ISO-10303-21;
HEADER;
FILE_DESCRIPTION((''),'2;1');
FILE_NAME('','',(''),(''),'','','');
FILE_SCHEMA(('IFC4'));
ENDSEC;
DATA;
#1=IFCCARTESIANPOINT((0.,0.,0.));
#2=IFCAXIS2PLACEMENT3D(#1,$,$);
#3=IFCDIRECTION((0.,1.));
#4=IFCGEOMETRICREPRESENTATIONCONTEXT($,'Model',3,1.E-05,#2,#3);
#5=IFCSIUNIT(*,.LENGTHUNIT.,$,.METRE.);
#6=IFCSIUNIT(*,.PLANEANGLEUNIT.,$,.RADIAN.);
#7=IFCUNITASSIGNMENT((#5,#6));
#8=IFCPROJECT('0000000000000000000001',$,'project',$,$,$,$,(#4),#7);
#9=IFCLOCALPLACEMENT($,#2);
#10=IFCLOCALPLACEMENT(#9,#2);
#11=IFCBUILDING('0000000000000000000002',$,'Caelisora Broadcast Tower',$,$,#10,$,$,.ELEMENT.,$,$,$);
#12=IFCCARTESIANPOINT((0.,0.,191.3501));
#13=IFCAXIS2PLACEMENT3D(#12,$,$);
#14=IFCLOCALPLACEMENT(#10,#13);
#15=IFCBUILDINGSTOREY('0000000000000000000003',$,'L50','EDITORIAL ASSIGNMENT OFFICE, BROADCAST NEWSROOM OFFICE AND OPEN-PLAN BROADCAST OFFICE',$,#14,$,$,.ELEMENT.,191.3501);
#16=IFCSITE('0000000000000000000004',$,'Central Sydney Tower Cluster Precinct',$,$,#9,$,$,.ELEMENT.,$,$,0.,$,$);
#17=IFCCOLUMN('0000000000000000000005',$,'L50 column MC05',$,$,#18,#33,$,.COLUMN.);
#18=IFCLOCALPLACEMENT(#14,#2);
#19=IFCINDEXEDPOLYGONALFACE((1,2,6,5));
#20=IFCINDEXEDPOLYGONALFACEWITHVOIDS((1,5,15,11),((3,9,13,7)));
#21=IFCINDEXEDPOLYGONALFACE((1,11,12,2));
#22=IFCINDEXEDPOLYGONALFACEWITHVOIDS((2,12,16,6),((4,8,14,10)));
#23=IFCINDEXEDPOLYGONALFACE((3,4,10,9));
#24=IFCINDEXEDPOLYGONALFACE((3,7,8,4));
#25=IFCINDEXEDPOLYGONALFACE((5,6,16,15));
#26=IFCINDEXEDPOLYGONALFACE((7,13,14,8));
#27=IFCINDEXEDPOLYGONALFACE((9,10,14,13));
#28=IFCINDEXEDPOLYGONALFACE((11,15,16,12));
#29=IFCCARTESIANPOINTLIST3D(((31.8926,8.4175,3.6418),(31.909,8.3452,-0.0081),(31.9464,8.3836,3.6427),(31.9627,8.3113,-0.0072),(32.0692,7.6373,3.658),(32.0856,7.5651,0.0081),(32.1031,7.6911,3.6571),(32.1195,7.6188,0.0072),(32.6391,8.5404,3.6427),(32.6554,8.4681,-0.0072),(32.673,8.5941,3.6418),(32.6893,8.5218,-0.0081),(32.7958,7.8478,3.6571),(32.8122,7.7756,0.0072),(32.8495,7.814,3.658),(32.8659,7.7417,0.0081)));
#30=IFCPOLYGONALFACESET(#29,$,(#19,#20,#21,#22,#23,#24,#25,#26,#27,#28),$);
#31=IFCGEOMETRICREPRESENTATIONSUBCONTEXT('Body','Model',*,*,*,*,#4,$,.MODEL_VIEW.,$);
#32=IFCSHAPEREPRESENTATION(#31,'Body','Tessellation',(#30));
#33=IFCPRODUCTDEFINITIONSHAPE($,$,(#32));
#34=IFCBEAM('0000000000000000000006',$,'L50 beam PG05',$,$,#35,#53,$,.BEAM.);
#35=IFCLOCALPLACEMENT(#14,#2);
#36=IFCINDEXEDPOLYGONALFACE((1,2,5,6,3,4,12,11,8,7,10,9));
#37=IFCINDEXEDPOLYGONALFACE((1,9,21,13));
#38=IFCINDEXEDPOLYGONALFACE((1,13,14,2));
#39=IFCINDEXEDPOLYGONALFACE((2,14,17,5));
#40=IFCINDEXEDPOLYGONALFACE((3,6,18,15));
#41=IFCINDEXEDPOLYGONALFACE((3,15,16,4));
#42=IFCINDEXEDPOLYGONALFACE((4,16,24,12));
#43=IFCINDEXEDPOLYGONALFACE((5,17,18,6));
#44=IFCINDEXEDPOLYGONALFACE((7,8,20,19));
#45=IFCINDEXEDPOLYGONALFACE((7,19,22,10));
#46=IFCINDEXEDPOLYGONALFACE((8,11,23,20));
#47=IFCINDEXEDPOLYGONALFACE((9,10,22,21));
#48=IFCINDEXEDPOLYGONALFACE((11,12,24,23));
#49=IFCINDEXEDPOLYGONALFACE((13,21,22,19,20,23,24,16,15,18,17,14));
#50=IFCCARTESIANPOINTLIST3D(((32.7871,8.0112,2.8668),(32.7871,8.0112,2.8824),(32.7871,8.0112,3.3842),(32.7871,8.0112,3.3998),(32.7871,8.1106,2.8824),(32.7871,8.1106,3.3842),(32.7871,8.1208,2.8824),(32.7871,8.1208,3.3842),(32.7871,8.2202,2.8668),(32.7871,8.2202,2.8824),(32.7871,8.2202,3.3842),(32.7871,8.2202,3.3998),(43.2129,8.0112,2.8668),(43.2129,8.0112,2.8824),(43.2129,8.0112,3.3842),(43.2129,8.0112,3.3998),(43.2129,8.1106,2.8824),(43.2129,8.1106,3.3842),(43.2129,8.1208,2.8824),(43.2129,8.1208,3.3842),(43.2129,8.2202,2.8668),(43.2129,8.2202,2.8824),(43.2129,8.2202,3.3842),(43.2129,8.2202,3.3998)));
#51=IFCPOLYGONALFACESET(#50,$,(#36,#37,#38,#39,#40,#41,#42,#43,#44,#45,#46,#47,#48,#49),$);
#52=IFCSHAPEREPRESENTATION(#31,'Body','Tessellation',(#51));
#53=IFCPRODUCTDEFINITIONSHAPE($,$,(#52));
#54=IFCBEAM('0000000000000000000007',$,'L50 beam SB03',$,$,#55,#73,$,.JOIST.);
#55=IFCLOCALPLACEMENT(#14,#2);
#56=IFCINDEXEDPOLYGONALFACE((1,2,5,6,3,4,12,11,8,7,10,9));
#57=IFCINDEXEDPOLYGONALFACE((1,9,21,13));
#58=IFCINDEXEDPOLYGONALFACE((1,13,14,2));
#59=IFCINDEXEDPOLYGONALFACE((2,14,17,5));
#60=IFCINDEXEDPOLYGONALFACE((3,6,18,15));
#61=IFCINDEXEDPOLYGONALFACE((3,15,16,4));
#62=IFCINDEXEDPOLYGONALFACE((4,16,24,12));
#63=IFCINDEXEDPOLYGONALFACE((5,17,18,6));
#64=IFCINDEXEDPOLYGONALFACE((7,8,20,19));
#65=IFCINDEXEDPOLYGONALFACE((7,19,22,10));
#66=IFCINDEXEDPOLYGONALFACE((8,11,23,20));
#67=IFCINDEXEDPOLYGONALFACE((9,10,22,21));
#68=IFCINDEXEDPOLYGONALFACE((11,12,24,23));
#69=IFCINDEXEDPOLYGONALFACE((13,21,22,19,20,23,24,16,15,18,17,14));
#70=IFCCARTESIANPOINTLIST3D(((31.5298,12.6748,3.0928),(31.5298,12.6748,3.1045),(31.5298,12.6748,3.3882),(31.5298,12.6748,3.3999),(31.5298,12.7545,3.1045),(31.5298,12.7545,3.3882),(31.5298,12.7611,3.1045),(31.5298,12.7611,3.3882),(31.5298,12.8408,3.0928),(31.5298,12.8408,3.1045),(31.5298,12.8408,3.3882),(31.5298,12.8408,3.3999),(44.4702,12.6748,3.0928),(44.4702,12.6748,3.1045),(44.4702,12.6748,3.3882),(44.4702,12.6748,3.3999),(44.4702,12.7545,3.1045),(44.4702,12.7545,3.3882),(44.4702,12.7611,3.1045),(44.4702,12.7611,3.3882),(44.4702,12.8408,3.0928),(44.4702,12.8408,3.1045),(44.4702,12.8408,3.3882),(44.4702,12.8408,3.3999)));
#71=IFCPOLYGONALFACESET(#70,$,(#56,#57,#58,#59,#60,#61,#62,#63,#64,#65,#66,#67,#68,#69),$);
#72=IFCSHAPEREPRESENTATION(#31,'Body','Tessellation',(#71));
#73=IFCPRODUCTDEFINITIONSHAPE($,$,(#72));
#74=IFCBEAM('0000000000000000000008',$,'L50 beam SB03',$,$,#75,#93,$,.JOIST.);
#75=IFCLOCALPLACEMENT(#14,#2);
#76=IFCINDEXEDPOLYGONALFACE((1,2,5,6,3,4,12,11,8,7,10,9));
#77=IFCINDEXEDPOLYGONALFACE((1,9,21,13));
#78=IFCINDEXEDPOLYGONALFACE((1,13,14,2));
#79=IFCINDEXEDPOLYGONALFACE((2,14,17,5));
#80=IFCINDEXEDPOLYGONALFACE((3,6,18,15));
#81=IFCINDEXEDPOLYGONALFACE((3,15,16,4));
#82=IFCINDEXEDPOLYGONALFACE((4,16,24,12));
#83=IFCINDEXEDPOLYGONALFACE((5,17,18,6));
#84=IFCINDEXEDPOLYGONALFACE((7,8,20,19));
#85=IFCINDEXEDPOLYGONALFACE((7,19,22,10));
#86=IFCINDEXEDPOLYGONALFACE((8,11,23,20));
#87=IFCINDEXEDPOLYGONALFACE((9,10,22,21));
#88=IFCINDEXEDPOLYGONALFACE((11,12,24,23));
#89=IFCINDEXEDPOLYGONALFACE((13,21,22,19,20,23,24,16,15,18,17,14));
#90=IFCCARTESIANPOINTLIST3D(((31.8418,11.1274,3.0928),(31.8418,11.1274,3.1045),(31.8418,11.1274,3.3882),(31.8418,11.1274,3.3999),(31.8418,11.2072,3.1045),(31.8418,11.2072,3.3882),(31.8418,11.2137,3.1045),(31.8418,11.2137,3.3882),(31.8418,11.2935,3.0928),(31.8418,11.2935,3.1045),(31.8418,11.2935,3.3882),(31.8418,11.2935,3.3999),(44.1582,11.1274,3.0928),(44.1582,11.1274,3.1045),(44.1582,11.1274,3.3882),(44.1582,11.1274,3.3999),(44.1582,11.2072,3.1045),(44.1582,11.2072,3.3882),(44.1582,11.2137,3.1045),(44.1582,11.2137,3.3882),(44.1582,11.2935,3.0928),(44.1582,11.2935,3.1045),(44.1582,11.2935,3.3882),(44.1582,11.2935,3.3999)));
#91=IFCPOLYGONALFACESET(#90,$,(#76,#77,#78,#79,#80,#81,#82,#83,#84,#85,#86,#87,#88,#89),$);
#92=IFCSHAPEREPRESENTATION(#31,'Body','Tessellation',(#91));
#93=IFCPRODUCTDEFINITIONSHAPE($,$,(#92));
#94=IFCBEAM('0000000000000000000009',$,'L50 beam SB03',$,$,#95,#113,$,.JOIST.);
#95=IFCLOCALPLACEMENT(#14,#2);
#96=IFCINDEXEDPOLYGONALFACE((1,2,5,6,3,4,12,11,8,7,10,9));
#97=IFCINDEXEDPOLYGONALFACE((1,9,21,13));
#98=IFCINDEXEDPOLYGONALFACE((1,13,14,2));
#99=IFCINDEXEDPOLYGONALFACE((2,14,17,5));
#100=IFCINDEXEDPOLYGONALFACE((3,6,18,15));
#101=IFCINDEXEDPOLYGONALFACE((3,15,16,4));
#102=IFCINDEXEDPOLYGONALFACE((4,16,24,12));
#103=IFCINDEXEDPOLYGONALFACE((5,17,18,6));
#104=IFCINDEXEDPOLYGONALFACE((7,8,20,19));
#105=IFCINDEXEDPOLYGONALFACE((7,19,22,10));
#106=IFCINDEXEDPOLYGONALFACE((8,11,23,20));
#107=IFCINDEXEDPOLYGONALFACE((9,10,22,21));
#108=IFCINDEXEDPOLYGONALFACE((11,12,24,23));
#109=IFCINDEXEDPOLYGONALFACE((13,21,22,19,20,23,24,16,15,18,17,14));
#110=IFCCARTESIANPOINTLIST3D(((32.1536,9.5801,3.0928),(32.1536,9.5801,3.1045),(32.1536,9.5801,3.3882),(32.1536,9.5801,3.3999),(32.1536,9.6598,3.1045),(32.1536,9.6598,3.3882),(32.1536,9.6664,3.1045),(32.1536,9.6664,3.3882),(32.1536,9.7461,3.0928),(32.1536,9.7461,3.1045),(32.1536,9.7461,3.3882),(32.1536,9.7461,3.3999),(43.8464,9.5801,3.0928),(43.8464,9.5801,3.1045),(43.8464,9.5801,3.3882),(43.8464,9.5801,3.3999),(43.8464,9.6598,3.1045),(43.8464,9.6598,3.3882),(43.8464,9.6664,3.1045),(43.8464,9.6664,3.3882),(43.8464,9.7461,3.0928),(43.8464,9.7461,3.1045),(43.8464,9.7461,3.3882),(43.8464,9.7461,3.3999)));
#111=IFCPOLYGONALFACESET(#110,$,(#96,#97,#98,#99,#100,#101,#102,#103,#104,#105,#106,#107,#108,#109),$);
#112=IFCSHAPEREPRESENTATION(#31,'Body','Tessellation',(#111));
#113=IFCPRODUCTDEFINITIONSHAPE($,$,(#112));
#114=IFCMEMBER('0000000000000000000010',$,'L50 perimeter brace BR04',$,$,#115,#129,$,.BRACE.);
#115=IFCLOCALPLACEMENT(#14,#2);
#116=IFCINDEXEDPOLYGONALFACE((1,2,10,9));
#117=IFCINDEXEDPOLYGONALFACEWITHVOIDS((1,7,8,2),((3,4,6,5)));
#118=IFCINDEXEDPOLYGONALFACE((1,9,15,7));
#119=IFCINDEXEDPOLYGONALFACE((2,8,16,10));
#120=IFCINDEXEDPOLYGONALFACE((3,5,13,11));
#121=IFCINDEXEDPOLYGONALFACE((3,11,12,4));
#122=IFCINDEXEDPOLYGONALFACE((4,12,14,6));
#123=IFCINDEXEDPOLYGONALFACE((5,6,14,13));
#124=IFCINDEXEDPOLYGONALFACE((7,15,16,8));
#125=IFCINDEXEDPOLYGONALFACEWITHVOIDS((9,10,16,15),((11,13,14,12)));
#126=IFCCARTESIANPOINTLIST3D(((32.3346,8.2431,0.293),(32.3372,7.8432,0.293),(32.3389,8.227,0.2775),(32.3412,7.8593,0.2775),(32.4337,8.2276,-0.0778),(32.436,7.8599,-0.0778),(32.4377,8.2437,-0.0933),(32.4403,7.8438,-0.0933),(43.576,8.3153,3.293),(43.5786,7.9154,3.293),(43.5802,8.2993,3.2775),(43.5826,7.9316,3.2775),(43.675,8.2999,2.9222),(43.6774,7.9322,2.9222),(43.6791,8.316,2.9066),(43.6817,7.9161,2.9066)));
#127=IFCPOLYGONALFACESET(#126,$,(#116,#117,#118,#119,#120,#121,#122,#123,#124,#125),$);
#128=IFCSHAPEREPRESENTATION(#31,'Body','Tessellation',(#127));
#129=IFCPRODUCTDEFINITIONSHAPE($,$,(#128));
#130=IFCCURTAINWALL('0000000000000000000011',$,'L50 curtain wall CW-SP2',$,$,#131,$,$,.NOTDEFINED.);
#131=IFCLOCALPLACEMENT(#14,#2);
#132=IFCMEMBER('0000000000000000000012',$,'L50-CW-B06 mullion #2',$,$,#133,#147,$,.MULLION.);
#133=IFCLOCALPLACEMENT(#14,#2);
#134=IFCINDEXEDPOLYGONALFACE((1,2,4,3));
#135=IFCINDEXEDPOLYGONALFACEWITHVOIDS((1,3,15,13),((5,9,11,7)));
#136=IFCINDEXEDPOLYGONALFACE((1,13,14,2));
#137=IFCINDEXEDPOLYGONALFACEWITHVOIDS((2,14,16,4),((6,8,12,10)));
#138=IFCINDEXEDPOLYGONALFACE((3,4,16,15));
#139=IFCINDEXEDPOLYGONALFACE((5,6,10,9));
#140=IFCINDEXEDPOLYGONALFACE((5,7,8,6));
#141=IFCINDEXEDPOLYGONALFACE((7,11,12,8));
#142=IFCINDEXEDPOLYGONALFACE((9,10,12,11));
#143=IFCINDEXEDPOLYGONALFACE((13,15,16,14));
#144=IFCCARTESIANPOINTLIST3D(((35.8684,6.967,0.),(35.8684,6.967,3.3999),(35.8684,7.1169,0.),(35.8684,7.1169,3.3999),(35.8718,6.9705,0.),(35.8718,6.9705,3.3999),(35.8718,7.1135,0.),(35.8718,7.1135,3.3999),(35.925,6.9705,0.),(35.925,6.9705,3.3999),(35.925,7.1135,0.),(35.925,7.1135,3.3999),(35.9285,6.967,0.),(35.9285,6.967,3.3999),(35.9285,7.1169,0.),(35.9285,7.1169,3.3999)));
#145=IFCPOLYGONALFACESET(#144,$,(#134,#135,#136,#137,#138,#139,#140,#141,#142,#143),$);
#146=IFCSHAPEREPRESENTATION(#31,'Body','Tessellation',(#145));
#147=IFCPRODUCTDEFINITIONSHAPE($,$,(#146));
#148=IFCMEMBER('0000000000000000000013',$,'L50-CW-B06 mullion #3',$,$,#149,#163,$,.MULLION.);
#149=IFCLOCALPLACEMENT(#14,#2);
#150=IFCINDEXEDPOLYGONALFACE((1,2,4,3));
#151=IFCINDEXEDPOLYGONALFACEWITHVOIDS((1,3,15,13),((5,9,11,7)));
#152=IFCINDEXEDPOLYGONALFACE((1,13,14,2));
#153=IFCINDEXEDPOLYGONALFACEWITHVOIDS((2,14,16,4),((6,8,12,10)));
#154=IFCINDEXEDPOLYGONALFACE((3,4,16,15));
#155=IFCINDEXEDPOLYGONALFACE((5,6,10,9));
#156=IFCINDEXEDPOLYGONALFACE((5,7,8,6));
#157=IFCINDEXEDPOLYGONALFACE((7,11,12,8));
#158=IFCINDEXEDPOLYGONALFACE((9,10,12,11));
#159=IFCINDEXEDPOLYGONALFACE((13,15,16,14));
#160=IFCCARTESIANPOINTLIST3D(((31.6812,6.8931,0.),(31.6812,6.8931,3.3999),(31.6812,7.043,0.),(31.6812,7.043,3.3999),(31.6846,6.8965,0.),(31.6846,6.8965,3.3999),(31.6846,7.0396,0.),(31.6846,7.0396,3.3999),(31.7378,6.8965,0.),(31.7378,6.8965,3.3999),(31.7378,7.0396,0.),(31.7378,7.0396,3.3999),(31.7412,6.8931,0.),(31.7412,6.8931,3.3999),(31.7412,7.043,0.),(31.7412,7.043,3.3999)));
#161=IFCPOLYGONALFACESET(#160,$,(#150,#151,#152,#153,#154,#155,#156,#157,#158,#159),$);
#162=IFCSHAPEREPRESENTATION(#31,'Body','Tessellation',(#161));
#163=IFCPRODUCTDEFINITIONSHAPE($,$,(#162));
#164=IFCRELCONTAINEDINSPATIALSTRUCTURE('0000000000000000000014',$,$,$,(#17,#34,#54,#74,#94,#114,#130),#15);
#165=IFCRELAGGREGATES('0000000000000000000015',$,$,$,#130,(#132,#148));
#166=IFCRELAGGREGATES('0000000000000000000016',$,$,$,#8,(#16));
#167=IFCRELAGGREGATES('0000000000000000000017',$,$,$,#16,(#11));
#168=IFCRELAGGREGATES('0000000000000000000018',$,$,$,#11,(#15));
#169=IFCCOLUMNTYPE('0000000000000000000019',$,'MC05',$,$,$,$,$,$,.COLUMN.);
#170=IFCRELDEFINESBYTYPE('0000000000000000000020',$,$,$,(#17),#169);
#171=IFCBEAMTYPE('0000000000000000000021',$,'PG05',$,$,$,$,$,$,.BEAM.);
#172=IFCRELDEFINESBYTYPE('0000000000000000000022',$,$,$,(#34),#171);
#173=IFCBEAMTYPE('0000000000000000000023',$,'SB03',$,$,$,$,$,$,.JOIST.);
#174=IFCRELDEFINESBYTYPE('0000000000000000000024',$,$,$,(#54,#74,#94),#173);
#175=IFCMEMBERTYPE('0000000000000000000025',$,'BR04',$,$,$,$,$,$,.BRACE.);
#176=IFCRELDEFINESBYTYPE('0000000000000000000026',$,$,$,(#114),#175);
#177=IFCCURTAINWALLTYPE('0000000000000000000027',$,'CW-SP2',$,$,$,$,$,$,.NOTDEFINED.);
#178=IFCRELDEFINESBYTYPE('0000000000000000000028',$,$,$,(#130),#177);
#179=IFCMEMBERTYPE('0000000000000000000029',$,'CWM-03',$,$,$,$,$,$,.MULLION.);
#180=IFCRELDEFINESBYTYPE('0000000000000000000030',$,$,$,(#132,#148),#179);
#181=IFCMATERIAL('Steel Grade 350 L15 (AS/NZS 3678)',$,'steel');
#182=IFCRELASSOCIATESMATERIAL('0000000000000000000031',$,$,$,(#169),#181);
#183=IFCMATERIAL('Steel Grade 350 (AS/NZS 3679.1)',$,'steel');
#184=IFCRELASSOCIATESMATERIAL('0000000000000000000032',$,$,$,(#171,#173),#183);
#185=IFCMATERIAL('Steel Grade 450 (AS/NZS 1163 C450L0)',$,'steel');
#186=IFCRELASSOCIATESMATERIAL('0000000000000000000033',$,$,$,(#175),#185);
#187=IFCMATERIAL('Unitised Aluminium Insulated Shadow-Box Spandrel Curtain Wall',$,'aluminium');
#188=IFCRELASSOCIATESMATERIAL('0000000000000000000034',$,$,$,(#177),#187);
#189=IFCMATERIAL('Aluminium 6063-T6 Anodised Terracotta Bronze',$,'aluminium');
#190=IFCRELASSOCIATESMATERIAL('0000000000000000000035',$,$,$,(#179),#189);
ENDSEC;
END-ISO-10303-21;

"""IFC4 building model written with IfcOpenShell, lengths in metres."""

from ifc_helpers import new_model, si_unit, direction, frame, origin, origin_2d, place, context, subcontext, project, spatial, hollow_rectangle, i_section, extrude, source, transform, mapped, material, material_profile, profile_set, type_object, type_shapes, element, aggregate, save


model = new_model("IFC4")

# Units and contexts
model_context = context("Model", 3, precision=1e-05, world=origin(), true_north=direction((0.0, 1.0)))
body_context = subcontext(model_context, "Body", "Model", "MODEL_VIEW")
ifc_project = project(units=[si_unit("LENGTHUNIT", "METRE"), si_unit("PLANEANGLEUNIT", "RADIAN")], contexts=[model_context])

# Site, building, storey
site_placement = place(None, origin())
site = spatial("IfcSite", under=ifc_project, at=site_placement, Name="Central Sydney Tower Cluster Precinct", CompositionType="ELEMENT", RefElevation=0.0)
building_placement = place(site_placement, origin())
building = spatial("IfcBuilding", under=site, at=building_placement, Name="Caelisora Broadcast Tower", CompositionType="ELEMENT")
storey_placement = place(building_placement, frame((0.0, 0.0, 191.3501)))
storey = spatial("IfcBuildingStorey", under=building, at=storey_placement, Name="L50", Description="EDITORIAL ASSIGNMENT OFFICE, BROADCAST NEWSROOM OFFICE AND OPEN-PLAN BROADCAST OFFICE", CompositionType="ELEMENT", Elevation=191.3501)

# Column
ifc_material_1 = material(Name="Steel Grade 350 L15 (AS/NZS 3678)", Category="steel")
ifc_material_profile_1 = material_profile(ifc_material_1, hollow_rectangle(XDim=0.8, YDim=0.8, WallThickness=0.0449, at=origin_2d()), Name="Steel Grade 350 L15 (AS/NZS 3678)")
ifc_profile_set_1 = profile_set([ifc_material_profile_1], Name="Steel Grade 350 L15 (AS/NZS 3678)")
column_type = type_object("IfcColumnType", Name="MC05", PredefinedType="COLUMN", material=ifc_profile_set_1)
shared_shape_1 = source(origin(), body_context, "Body", "SweptSolid", [
    extrude(hollow_rectangle(XDim=0.8, YDim=0.8, WallThickness=0.0449, at=origin_2d()), origin(), (0.0, 0.0, 1.0), 3.6506),
])
type_shapes(column_type, [shared_shape_1])
column_placement = place(storey_placement, frame((32.3875, 8.0435, 0.0), z_axis=(-0.004481, 0.019795, 0.999794), x_axis=(-0.975327, -0.220767, 0.0)))
element("IfcColumn", 1, at=column_placement, inside=storey, type_object=column_type, Name="L50 column MC05", PredefinedType="COLUMN", context=body_context, shape_type="MappedRepresentation", body=[
    mapped(shared_shape_1, transform((0.0, 0.0, 0.0), scale=1.0)),
])

# Beams
ifc_material_2 = material(Name="Steel Grade 350 (AS/NZS 3679.1)", Category="steel")
ifc_material_profile_2 = material_profile(ifc_material_2, i_section(OverallWidth=0.209, OverallDepth=0.533, WebThickness=0.0103, FlangeThickness=0.0156, at=origin_2d()), Name="Steel Grade 350 (AS/NZS 3679.1)")
ifc_profile_set_2 = profile_set([ifc_material_profile_2], Name="Steel Grade 350 (AS/NZS 3679.1)")
beam_type_1 = type_object("IfcBeamType", Name="PG05", PredefinedType="BEAM", material=ifc_profile_set_2)
shared_shape_2 = source(origin(), body_context, "Body", "SweptSolid", [
    extrude(i_section(OverallWidth=0.209, OverallDepth=0.533, WebThickness=0.0103, FlangeThickness=0.0156, at=origin_2d()), origin(), (0.0, 0.0, 1.0), 10.4258),
])
type_shapes(beam_type_1, [shared_shape_2])
beam_1_placement = place(storey_placement, frame((32.7871, 8.1157, 3.1333), z_axis=(1.0, 0.0, 0.0), x_axis=(0.0, 1.0, 0.0)))
element("IfcBeam", 2, at=beam_1_placement, inside=storey, type_object=beam_type_1, Name="L50 beam PG05", PredefinedType="BEAM", context=body_context, shape_type="MappedRepresentation", body=[
    mapped(shared_shape_2, transform((0.0, 0.0, 0.0), scale=1.0)),
])
ifc_material_profile_3 = material_profile(ifc_material_2, i_section(OverallWidth=0.166, OverallDepth=0.3071, WebThickness=0.0066, FlangeThickness=0.0117, at=origin_2d()), Name="Steel Grade 350 (AS/NZS 3679.1)")
ifc_profile_set_3 = profile_set([ifc_material_profile_3], Name="Steel Grade 350 (AS/NZS 3679.1)")
beam_type_2 = type_object("IfcBeamType", Name="SB03", PredefinedType="JOIST", material=ifc_profile_set_3)
shared_shape_3 = source(origin(), body_context, "Body", "SweptSolid", [
    extrude(i_section(OverallWidth=0.166, OverallDepth=0.3071, WebThickness=0.0066, FlangeThickness=0.0117, at=origin_2d()), origin(), (0.0, 0.0, 1.0), 12.9404),
])
beam_2_placement = place(storey_placement, frame((31.5298, 12.7578, 3.2463), z_axis=(1.0, 0.0, 0.0), x_axis=(0.0, 1.0, 0.0)))
element("IfcBeam", 3, at=beam_2_placement, inside=storey, type_object=beam_type_2, Name="L50 beam SB03", PredefinedType="JOIST", context=body_context, shape_type="MappedRepresentation", body=[
    mapped(shared_shape_3, transform((0.0, 0.0, 0.0), scale=1.0)),
])
shared_shape_4 = source(origin(), body_context, "Body", "SweptSolid", [
    extrude(i_section(OverallWidth=0.166, OverallDepth=0.3071, WebThickness=0.0066, FlangeThickness=0.0117, at=origin_2d()), origin(), (0.0, 0.0, 1.0), 12.3164),
])
beam_3_placement = place(storey_placement, frame((31.8418, 11.2104, 3.2463), z_axis=(1.0, 0.0, 0.0), x_axis=(0.0, 1.0, 0.0)))
element("IfcBeam", 4, at=beam_3_placement, inside=storey, type_object=beam_type_2, Name="L50 beam SB03", PredefinedType="JOIST", context=body_context, shape_type="MappedRepresentation", body=[
    mapped(shared_shape_4, transform((0.0, 0.0, 0.0), scale=1.0)),
])
shared_shape_5 = source(origin(), body_context, "Body", "SweptSolid", [
    extrude(i_section(OverallWidth=0.166, OverallDepth=0.3071, WebThickness=0.0066, FlangeThickness=0.0117, at=origin_2d()), origin(), (0.0, 0.0, 1.0), 11.6929),
])
type_shapes(beam_type_2, [shared_shape_3, shared_shape_4, shared_shape_5])
beam_4_placement = place(storey_placement, frame((32.1536, 9.6631, 3.2463), z_axis=(1.0, 0.0, 0.0), x_axis=(0.0, 1.0, 0.0)))
element("IfcBeam", 5, at=beam_4_placement, inside=storey, type_object=beam_type_2, Name="L50 beam SB03", PredefinedType="JOIST", context=body_context, shape_type="MappedRepresentation", body=[
    mapped(shared_shape_5, transform((0.0, 0.0, 0.0), scale=1.0)),
])

# Member
ifc_material_3 = material(Name="Steel Grade 450 (AS/NZS 1163 C450L0)", Category="steel")
ifc_material_profile_4 = material_profile(ifc_material_3, hollow_rectangle(XDim=0.3999, YDim=0.3999, WallThickness=0.0161, at=origin_2d()), Name="Steel Grade 450 (AS/NZS 1163 C450L0)")
ifc_profile_set_4 = profile_set([ifc_material_profile_4], Name="Steel Grade 450 (AS/NZS 1163 C450L0)")
member_type_1 = type_object("IfcMemberType", Name="BR04", PredefinedType="BRACE", material=ifc_profile_set_4)
shared_shape_6 = source(origin(), body_context, "Body", "SweptSolid", [
    extrude(hollow_rectangle(XDim=0.3999, YDim=0.3999, WallThickness=0.0161, at=origin_2d()), origin(), (0.0, 0.0, 1.0), 11.635),
])
type_shapes(member_type_1, [shared_shape_6])
member_1_placement = place(storey_placement, frame((32.3875, 8.0435, 0.0999), z_axis=(0.966168, 0.006211, 0.257841), x_axis=(-0.006428, 0.999979, 0.0)))
element("IfcMember", 6, at=member_1_placement, inside=storey, type_object=member_type_1, Name="L50 perimeter brace BR04", PredefinedType="BRACE", context=body_context, shape_type="MappedRepresentation", body=[
    mapped(shared_shape_6, transform((0.0, 0.0, 0.0), scale=1.0)),
])

# Curtain wall, members
ifc_material_4 = material(Name="Unitised Aluminium Insulated Shadow-Box Spandrel Curtain Wall", Category="aluminium")
curtain_wall_type_1 = type_object("IfcCurtainWallType", Name="CW-SP2", PredefinedType="NOTDEFINED", material=ifc_material_4)
curtain_wall_1_placement = place(storey_placement, origin())
curtain_wall_1 = element("IfcCurtainWall", 7, at=curtain_wall_1_placement, inside=storey, type_object=curtain_wall_type_1, Name="L50 curtain wall CW-SP2", PredefinedType="NOTDEFINED")
ifc_material_5 = material(Name="Aluminium 6063-T6 Anodised Terracotta Bronze", Category="aluminium")
ifc_material_profile_5 = material_profile(ifc_material_5, hollow_rectangle(XDim=0.0601, YDim=0.1499, WallThickness=0.0034, at=origin_2d()), Name="Aluminium 6063-T6 Anodised Terracotta Bronze")
ifc_profile_set_5 = profile_set([ifc_material_profile_5], Name="Aluminium 6063-T6 Anodised Terracotta Bronze")
member_type_2 = type_object("IfcMemberType", Name="CWM-03", PredefinedType="MULLION", material=ifc_profile_set_5)
shared_shape_7 = source(origin(), body_context, "Body", "SweptSolid", [
    extrude(hollow_rectangle(XDim=0.0601, YDim=0.1499, WallThickness=0.0034, at=origin_2d()), origin(), (0.0, 0.0, 1.0), 3.3999),
])
type_shapes(member_type_2, [shared_shape_7])
member_2_placement = place(storey_placement, frame((35.8984, 7.042, 0.0), z_axis=(0.0, 0.0, 1.0), x_axis=(1.0, 0.0, 0.0)))
member_2 = element("IfcMember", 8, at=member_2_placement, type_object=member_type_2, Name="L50-CW-B06 mullion #2", PredefinedType="MULLION", context=body_context, shape_type="MappedRepresentation", body=[
    mapped(shared_shape_7, transform((0.0, 0.0, 0.0), scale=1.0)),
])
member_3_placement = place(storey_placement, frame((31.7112, 6.968, 0.0), z_axis=(0.0, 0.0, 1.0), x_axis=(1.0, 0.0, 0.0)))
member_3 = element("IfcMember", 9, at=member_3_placement, type_object=member_type_2, Name="L50-CW-B06 mullion #3", PredefinedType="MULLION", context=body_context, shape_type="MappedRepresentation", body=[
    mapped(shared_shape_7, transform((0.0, 0.0, 0.0), scale=1.0)),
])

aggregate(curtain_wall_1, [member_2, member_3])

save(model, "model.ifc")
